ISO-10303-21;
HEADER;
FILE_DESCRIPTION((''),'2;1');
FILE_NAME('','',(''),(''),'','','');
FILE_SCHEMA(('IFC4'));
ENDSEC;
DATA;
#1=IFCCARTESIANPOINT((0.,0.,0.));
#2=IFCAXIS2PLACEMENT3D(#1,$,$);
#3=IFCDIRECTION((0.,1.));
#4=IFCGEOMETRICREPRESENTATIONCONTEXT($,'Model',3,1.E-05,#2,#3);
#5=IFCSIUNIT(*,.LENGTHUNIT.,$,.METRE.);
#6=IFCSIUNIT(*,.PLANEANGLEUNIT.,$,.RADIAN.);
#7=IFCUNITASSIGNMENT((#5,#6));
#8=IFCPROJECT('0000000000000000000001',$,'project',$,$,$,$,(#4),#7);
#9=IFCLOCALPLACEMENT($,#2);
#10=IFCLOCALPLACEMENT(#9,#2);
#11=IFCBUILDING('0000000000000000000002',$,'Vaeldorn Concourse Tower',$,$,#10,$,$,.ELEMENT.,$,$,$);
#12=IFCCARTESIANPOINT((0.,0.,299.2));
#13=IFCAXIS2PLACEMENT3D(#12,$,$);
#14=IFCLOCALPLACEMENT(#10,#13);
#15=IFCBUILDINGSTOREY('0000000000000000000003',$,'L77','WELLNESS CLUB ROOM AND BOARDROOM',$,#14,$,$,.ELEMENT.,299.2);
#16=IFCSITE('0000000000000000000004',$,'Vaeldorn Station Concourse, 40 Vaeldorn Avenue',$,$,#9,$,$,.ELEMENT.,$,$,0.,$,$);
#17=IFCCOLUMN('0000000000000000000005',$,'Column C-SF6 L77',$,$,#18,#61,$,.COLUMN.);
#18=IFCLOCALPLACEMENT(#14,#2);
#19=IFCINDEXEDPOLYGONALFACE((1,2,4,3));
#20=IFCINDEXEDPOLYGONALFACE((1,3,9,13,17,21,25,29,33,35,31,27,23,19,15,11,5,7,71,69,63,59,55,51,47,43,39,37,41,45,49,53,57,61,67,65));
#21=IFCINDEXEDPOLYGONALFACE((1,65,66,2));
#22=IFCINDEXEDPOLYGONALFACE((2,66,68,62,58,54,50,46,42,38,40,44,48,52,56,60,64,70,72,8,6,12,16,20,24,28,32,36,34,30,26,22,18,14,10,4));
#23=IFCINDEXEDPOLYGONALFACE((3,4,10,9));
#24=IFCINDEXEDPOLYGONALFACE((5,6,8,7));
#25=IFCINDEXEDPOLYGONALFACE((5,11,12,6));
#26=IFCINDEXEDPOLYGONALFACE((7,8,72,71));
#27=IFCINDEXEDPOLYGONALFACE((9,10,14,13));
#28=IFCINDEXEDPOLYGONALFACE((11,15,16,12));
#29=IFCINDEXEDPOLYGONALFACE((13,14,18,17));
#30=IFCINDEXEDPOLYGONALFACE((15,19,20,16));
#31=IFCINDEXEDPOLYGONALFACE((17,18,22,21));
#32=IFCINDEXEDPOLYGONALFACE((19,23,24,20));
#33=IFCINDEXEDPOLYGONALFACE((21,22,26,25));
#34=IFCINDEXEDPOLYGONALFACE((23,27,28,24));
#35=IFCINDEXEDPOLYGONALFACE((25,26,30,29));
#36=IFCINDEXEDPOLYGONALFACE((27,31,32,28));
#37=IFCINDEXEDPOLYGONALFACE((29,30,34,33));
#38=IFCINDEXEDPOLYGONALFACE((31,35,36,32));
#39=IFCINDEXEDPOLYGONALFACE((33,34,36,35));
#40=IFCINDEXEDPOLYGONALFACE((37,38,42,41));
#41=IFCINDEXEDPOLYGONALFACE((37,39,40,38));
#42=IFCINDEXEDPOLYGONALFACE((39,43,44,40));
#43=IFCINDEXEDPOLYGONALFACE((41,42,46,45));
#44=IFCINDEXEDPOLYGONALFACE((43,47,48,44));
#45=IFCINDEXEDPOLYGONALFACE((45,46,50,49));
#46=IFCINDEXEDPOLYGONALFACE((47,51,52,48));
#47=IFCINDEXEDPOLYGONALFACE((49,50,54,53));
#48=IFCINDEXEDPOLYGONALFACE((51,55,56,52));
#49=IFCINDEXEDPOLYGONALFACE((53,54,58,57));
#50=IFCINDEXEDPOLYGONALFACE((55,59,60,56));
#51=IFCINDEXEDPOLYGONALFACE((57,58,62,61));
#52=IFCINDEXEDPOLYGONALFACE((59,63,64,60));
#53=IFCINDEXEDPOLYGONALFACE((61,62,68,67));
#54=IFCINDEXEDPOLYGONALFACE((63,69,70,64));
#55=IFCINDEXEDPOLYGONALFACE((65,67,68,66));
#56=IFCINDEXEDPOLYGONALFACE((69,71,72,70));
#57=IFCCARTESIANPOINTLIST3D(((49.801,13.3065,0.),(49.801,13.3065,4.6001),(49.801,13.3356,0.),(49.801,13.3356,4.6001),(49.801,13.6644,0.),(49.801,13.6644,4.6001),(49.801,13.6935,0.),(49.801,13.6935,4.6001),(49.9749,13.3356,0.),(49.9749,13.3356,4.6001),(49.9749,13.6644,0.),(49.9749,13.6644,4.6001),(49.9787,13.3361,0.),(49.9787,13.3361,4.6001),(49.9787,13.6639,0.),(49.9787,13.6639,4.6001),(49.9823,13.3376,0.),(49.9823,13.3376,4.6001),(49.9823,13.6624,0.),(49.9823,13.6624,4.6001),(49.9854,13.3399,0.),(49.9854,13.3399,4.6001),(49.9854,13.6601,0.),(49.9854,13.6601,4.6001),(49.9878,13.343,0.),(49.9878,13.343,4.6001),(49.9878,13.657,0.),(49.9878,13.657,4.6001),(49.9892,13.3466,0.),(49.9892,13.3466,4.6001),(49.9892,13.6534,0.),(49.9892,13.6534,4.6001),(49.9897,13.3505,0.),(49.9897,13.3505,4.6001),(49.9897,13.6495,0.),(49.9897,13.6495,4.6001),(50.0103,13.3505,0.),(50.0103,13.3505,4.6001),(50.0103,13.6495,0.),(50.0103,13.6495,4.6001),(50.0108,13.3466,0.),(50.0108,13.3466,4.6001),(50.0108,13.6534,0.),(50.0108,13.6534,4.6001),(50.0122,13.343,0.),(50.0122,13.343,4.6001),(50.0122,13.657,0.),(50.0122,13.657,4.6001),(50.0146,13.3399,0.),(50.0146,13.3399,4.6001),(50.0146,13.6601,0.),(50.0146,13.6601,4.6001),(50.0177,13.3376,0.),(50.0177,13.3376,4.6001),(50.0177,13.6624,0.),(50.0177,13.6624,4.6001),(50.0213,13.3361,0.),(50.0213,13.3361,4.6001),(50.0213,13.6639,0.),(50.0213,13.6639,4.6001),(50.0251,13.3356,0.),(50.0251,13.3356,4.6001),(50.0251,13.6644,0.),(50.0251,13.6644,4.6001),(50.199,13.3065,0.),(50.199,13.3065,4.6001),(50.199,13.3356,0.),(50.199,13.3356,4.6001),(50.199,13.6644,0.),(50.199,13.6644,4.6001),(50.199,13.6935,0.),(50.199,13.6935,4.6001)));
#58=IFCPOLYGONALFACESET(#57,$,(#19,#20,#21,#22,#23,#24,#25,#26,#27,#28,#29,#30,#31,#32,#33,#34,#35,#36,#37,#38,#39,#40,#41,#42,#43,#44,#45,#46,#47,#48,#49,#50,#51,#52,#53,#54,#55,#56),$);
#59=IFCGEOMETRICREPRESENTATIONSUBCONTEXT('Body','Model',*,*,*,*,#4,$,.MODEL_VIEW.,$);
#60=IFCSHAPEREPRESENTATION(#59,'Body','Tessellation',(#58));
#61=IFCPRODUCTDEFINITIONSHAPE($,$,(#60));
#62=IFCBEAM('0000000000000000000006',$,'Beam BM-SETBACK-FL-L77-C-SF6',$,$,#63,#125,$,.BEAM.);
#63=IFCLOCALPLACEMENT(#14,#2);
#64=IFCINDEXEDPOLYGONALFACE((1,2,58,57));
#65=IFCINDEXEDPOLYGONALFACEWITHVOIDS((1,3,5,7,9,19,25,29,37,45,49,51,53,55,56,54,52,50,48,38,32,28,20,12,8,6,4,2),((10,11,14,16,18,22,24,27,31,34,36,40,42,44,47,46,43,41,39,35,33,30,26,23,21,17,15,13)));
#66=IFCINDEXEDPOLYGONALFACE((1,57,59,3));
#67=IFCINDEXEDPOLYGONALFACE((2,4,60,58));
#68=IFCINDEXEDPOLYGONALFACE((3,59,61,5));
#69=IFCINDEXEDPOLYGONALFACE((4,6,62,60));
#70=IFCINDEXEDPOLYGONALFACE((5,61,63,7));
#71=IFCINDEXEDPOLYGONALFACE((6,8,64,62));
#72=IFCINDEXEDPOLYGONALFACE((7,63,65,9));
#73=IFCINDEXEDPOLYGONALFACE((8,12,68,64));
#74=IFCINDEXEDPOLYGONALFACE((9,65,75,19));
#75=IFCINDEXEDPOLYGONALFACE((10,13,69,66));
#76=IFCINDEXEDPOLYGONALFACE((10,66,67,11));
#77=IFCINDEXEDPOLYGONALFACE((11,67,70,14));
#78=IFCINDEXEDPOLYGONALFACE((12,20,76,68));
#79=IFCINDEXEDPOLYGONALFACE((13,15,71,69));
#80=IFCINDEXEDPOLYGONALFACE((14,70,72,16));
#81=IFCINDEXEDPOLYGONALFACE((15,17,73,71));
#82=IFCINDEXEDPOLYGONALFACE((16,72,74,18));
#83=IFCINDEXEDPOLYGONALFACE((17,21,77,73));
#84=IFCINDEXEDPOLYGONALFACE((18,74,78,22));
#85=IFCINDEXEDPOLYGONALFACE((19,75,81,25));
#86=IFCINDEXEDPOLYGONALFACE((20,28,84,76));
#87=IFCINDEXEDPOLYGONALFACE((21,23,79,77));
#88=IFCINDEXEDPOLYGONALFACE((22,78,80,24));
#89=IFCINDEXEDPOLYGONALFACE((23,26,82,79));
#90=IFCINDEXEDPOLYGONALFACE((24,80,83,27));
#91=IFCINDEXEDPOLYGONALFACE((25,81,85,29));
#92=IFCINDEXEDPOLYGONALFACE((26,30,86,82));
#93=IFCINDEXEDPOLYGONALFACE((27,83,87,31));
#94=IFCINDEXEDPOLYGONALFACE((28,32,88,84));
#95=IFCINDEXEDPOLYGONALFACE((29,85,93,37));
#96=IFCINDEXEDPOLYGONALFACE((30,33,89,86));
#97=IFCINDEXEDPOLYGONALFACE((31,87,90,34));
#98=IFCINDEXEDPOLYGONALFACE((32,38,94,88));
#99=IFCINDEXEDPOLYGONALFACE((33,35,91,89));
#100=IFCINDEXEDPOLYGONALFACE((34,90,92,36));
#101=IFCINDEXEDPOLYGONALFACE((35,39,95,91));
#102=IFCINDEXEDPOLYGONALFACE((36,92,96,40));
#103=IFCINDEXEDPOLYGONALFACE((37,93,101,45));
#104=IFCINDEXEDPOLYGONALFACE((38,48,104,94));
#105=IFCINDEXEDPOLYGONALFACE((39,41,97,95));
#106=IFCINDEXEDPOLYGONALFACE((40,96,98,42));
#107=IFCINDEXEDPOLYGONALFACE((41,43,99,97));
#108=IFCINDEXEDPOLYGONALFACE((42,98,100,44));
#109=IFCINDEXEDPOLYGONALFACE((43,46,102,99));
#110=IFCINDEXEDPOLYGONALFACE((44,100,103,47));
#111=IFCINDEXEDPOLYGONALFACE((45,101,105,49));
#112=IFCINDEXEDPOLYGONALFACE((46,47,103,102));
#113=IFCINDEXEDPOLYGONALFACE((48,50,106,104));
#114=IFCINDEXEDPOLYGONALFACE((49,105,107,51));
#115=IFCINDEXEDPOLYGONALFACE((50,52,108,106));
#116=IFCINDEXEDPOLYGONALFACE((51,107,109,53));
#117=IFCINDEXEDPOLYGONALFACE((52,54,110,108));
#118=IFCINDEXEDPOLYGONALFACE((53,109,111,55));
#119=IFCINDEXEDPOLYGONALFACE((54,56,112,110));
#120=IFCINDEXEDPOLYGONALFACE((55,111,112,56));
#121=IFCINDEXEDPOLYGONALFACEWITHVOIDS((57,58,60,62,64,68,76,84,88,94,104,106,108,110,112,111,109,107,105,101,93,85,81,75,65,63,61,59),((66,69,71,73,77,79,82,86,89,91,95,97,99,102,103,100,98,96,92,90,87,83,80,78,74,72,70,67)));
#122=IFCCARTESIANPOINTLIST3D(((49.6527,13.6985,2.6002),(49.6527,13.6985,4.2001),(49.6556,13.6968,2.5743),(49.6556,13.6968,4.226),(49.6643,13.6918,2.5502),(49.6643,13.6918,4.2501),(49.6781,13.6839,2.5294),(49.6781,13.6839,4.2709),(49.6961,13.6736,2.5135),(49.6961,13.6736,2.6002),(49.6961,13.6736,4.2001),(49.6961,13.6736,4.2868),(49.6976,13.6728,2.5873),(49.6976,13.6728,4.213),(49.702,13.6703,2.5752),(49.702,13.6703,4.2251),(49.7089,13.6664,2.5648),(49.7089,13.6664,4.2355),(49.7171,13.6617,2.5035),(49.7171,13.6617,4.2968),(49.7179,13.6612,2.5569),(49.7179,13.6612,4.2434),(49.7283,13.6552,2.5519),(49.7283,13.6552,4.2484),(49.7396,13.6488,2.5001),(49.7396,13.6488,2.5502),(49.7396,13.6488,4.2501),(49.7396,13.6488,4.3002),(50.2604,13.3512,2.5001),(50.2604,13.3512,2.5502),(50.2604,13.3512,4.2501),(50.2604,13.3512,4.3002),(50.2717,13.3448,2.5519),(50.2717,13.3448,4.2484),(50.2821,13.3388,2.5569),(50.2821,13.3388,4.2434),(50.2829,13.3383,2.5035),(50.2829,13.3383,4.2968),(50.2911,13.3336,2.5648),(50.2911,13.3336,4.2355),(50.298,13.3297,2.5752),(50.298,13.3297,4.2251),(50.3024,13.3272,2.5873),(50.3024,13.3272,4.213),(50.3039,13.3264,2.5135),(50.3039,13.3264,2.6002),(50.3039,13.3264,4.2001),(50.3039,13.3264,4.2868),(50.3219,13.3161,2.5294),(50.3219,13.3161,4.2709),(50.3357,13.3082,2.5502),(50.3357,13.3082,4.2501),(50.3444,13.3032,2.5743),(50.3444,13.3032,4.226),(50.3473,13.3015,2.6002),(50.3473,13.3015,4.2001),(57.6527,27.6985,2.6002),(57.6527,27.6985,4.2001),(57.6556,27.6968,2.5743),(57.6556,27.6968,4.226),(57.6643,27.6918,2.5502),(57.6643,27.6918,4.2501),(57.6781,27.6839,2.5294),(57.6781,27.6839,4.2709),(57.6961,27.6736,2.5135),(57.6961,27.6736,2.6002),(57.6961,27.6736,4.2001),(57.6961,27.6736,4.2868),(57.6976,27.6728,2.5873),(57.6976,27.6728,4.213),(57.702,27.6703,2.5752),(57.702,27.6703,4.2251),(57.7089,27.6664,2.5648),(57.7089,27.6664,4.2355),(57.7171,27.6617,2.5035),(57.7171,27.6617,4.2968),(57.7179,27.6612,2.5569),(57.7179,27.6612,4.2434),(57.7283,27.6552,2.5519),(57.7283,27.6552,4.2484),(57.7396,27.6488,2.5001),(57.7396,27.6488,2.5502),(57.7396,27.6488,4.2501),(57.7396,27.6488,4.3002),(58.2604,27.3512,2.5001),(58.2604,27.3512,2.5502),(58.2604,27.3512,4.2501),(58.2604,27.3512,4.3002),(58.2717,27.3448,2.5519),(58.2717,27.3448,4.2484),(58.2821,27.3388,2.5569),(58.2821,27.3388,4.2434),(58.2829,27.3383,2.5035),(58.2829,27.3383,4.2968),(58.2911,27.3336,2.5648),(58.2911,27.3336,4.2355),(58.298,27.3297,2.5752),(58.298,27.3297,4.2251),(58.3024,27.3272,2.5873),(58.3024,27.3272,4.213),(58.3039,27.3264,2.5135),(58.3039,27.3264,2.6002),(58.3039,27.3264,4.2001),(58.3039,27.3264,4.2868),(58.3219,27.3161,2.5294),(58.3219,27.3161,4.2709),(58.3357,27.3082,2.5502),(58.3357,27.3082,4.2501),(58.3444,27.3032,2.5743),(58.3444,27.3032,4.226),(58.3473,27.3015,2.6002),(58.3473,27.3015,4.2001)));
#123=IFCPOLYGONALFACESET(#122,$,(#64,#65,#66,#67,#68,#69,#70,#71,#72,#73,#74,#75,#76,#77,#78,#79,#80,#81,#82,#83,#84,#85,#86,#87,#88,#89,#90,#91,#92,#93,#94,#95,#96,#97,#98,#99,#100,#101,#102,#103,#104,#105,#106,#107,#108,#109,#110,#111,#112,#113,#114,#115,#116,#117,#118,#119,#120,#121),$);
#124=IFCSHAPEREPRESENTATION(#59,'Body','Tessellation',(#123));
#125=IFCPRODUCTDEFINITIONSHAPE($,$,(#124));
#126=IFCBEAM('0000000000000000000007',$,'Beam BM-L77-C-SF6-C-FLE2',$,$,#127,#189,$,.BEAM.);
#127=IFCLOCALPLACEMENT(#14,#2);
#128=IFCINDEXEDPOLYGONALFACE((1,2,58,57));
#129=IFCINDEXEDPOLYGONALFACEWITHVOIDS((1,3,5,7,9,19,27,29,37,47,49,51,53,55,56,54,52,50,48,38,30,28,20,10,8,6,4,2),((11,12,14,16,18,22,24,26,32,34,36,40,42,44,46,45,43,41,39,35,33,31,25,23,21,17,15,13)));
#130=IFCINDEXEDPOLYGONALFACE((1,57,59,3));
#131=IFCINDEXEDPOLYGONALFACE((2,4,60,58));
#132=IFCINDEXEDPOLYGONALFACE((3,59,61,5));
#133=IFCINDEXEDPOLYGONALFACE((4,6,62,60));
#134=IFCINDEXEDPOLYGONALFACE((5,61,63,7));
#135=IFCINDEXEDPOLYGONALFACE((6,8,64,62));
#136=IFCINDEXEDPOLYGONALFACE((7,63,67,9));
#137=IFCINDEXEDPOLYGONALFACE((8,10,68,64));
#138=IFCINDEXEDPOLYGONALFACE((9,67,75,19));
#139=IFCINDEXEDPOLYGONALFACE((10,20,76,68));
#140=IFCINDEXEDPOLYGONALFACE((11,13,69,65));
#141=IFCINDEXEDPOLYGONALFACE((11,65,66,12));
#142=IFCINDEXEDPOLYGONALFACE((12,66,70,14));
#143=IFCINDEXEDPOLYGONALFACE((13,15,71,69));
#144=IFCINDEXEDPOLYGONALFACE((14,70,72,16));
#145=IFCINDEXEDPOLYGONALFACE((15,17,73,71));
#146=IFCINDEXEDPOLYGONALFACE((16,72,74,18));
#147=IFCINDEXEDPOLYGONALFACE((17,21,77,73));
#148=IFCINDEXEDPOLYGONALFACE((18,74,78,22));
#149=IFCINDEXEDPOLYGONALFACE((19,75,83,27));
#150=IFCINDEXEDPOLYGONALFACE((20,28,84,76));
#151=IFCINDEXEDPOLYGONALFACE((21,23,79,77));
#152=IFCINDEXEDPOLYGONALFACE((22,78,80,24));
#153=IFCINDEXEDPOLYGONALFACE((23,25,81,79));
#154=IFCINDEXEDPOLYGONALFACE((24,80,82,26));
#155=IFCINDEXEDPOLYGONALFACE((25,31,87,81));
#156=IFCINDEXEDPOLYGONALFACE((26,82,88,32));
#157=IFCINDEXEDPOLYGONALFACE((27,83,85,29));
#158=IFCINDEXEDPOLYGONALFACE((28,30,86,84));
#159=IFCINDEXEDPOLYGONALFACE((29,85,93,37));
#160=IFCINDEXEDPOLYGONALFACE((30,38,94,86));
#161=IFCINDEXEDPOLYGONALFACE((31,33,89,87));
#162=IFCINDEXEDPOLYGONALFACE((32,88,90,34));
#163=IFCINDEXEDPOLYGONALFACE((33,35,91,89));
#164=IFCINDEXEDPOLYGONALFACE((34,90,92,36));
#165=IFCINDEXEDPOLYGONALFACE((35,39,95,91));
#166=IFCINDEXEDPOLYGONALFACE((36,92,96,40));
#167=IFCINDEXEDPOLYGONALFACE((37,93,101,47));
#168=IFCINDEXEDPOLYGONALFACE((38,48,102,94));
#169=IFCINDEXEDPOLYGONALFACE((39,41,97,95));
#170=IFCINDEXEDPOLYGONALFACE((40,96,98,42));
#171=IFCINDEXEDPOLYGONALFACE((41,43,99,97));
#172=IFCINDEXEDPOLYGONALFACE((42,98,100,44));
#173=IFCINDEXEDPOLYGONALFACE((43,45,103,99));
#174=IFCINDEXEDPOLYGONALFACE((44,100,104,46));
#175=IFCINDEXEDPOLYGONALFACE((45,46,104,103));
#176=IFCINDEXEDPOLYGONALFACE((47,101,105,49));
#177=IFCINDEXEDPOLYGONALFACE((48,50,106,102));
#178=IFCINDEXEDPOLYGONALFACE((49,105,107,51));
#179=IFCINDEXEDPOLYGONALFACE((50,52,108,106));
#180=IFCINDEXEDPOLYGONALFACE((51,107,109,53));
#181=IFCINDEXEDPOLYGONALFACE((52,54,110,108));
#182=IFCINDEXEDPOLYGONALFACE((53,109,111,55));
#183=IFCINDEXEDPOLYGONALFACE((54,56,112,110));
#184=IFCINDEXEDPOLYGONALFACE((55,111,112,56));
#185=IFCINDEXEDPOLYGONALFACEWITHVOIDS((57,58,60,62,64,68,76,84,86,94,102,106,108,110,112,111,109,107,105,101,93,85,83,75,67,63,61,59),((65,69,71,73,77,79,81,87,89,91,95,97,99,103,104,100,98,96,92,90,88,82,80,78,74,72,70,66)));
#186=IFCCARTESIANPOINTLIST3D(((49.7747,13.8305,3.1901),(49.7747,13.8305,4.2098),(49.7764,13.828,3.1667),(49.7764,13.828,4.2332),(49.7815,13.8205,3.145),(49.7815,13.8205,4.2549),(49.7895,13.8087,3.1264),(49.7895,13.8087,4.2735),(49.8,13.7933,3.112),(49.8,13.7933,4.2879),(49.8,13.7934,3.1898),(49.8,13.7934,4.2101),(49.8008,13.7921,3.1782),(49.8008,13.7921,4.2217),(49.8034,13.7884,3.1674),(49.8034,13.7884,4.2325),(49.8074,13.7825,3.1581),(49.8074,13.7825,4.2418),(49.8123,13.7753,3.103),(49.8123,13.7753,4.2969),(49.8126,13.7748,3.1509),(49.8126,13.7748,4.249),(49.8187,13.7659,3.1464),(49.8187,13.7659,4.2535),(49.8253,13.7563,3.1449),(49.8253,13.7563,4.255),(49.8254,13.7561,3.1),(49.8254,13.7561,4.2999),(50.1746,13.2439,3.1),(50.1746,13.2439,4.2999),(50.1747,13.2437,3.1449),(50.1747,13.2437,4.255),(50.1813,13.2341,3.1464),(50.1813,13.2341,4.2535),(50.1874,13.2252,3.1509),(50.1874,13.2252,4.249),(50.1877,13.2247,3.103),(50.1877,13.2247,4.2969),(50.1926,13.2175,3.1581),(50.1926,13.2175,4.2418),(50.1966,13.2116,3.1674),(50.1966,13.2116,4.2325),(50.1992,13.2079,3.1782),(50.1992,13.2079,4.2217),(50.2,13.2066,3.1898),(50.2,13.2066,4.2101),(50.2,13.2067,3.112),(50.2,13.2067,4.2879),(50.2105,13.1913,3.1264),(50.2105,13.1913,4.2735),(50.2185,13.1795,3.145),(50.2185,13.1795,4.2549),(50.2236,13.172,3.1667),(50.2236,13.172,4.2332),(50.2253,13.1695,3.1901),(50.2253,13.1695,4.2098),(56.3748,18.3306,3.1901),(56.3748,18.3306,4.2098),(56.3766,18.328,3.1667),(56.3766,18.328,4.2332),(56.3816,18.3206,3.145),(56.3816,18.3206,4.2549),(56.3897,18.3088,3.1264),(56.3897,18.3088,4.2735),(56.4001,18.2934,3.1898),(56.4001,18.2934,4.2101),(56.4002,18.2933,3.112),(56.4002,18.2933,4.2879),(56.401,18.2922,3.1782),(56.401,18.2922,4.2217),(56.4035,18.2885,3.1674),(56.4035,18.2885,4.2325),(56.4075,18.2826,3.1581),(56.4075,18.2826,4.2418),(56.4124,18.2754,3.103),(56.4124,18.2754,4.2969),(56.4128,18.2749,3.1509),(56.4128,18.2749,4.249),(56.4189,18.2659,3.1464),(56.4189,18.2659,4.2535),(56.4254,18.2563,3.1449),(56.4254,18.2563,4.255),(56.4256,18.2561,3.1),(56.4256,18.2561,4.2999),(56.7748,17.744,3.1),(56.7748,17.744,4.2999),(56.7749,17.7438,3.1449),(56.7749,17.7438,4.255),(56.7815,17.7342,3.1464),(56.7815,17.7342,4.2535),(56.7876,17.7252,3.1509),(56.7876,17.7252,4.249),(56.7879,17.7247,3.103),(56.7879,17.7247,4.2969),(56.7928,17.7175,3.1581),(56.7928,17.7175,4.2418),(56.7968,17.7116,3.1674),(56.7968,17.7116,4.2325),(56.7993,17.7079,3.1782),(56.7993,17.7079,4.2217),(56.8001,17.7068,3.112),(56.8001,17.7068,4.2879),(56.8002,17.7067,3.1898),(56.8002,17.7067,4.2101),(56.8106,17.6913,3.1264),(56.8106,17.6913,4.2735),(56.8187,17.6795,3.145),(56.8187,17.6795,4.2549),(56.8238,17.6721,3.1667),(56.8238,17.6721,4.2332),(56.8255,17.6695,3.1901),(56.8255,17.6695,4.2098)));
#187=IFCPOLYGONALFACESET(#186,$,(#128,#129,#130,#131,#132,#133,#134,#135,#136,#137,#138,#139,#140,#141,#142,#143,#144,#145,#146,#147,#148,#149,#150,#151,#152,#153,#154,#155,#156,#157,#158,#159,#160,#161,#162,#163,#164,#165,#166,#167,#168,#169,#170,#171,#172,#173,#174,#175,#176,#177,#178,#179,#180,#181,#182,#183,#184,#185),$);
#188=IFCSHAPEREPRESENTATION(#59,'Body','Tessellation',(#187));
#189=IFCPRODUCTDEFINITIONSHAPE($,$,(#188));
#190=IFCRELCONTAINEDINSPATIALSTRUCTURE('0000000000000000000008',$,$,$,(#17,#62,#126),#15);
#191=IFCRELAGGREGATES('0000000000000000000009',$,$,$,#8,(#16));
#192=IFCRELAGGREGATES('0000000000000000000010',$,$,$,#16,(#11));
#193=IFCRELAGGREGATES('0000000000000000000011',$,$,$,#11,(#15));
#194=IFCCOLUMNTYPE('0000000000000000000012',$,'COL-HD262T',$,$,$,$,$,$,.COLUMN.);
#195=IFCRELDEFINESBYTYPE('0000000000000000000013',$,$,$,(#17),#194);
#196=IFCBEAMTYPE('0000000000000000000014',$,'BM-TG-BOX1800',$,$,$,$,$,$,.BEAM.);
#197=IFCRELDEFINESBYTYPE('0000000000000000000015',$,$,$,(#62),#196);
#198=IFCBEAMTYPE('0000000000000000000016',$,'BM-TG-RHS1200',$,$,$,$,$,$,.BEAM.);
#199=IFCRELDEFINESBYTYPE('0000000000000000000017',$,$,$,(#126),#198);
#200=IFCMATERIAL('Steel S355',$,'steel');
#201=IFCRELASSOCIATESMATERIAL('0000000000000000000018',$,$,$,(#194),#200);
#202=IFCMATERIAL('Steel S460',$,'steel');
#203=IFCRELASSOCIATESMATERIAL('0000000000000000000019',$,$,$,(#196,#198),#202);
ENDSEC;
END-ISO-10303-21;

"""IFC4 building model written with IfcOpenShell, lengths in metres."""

from ifc_helpers import new_model, si_unit, direction, frame, origin, origin_2d, place, context, subcontext, project, spatial, hollow_rectangle, i_section, extrude, source, transform, mapped, material, material_profile, profile_set, type_object, element, save


model = new_model("IFC4")

# Units and contexts
model_context = context("Model", 3, precision=1e-05, world=origin(), true_north=direction((0.0, 1.0)))
body_context = subcontext(model_context, "Body", "Model", "MODEL_VIEW")
ifc_project = project(units=[si_unit("LENGTHUNIT", "METRE"), si_unit("PLANEANGLEUNIT", "RADIAN")], contexts=[model_context])

# Site, building, storey
site_placement = place(None, origin())
site = spatial("IfcSite", under=ifc_project, at=site_placement, Name="Vaeldorn Station Concourse, 40 Vaeldorn Avenue", CompositionType="ELEMENT", RefElevation=0.0)
building_placement = place(site_placement, origin())
building = spatial("IfcBuilding", under=site, at=building_placement, Name="Vaeldorn Concourse Tower", CompositionType="ELEMENT")
storey_placement = place(building_placement, frame((0.0, 0.0, 299.2)))
storey = spatial("IfcBuildingStorey", under=building, at=storey_placement, Name="L77", Description="WELLNESS CLUB ROOM AND BOARDROOM", CompositionType="ELEMENT", Elevation=299.2)

# Column
ifc_material_1 = material(Name="Steel S355", Category="steel")
ifc_material_profile_1 = material_profile(ifc_material_1, i_section(OverallWidth=0.3979, OverallDepth=0.387, WebThickness=0.0205, FlangeThickness=0.0291, FilletRadius=0.0149, at=origin_2d()), Name="HD 400x262")
ifc_profile_set_1 = profile_set([ifc_material_profile_1], Name="Steel S355")
column_type = type_object("IfcColumnType", Name="COL-HD262T", PredefinedType="COLUMN", material=ifc_profile_set_1)
shared_shape_1 = source(origin(), body_context, "Body", "SweptSolid", [
    extrude(i_section(OverallWidth=0.3979, OverallDepth=0.387, WebThickness=0.0205, FlangeThickness=0.0291, FilletRadius=0.0149, at=origin_2d()), origin(), (0.0, 0.0, 1.0), 4.6001),
])
column_placement = place(storey_placement, frame((50.0, 13.5, 0.0), z_axis=(0.0, 0.0, 1.0), x_axis=(1.0, 0.0, 0.0)))
element("IfcColumn", 1, at=column_placement, inside=storey, type_object=column_type, Name="Column C-SF6 L77", PredefinedType="COLUMN", context=body_context, shape_type="MappedRepresentation", body=[
    mapped(shared_shape_1, transform((0.0, 0.0, 0.0), scale=1.0)),
])

# Beams
ifc_material_2 = material(Name="Steel S460", Category="steel")
ifc_material_profile_2 = material_profile(ifc_material_2, hollow_rectangle(XDim=0.8, YDim=1.8, WallThickness=0.05, InnerFilletRadius=0.05, OuterFilletRadius=0.1001, at=origin_2d()), Name="RHS 1800x800x50")
ifc_profile_set_2 = profile_set([ifc_material_profile_2], Name="Steel S460")
beam_type_1 = type_object("IfcBeamType", Name="BM-TG-BOX1800", PredefinedType="BEAM", material=ifc_profile_set_2)
shared_shape_2 = source(origin(), body_context, "Body", "SweptSolid", [
    extrude(hollow_rectangle(XDim=0.8, YDim=1.8, WallThickness=0.05, InnerFilletRadius=0.05, OuterFilletRadius=0.1001, at=origin_2d()), origin(), (0.0, 0.0, 1.0), 16.1245),
])
beam_1_placement = place(storey_placement, frame((50.0, 13.5, 3.4001), z_axis=(0.496139, 0.868243, 0.0), x_axis=(-0.868243, 0.496139, 0.0)))
element("IfcBeam", 2, at=beam_1_placement, inside=storey, type_object=beam_type_1, Name="Beam BM-SETBACK-FL-L77-C-SF6", PredefinedType="BEAM", context=body_context, shape_type="MappedRepresentation", body=[
    mapped(shared_shape_2, transform((0.0, 0.0, 0.0), scale=1.0)),
])
ifc_material_profile_3 = material_profile(ifc_material_2, hollow_rectangle(XDim=0.8, YDim=1.2, WallThickness=0.0449, InnerFilletRadius=0.0449, OuterFilletRadius=0.0901, at=origin_2d()), Name="RHS 1200x800x45")
ifc_profile_set_3 = profile_set([ifc_material_profile_3], Name="Steel S460")
beam_type_2 = type_object("IfcBeamType", Name="BM-TG-RHS1200", PredefinedType="BEAM", material=ifc_profile_set_3)
shared_shape_3 = source(origin(), body_context, "Body", "SweptSolid", [
    extrude(hollow_rectangle(XDim=0.8, YDim=1.2, WallThickness=0.0449, InnerFilletRadius=0.0449, OuterFilletRadius=0.0901, at=origin_2d()), origin(), (0.0, 0.0, 1.0), 7.9883),
])
beam_2_placement = place(storey_placement, frame((50.0, 13.5, 3.7), z_axis=(0.826231, 0.563331, 0.0), x_axis=(-0.563331, 0.826231, 0.0)))
element("IfcBeam", 3, at=beam_2_placement, inside=storey, type_object=beam_type_2, Name="Beam BM-L77-C-SF6-C-FLE2", PredefinedType="BEAM", context=body_context, shape_type="MappedRepresentation", body=[
    mapped(shared_shape_3, transform((0.0, 0.0, 0.0), scale=1.0)),
])

save(model, "model.ifc")
